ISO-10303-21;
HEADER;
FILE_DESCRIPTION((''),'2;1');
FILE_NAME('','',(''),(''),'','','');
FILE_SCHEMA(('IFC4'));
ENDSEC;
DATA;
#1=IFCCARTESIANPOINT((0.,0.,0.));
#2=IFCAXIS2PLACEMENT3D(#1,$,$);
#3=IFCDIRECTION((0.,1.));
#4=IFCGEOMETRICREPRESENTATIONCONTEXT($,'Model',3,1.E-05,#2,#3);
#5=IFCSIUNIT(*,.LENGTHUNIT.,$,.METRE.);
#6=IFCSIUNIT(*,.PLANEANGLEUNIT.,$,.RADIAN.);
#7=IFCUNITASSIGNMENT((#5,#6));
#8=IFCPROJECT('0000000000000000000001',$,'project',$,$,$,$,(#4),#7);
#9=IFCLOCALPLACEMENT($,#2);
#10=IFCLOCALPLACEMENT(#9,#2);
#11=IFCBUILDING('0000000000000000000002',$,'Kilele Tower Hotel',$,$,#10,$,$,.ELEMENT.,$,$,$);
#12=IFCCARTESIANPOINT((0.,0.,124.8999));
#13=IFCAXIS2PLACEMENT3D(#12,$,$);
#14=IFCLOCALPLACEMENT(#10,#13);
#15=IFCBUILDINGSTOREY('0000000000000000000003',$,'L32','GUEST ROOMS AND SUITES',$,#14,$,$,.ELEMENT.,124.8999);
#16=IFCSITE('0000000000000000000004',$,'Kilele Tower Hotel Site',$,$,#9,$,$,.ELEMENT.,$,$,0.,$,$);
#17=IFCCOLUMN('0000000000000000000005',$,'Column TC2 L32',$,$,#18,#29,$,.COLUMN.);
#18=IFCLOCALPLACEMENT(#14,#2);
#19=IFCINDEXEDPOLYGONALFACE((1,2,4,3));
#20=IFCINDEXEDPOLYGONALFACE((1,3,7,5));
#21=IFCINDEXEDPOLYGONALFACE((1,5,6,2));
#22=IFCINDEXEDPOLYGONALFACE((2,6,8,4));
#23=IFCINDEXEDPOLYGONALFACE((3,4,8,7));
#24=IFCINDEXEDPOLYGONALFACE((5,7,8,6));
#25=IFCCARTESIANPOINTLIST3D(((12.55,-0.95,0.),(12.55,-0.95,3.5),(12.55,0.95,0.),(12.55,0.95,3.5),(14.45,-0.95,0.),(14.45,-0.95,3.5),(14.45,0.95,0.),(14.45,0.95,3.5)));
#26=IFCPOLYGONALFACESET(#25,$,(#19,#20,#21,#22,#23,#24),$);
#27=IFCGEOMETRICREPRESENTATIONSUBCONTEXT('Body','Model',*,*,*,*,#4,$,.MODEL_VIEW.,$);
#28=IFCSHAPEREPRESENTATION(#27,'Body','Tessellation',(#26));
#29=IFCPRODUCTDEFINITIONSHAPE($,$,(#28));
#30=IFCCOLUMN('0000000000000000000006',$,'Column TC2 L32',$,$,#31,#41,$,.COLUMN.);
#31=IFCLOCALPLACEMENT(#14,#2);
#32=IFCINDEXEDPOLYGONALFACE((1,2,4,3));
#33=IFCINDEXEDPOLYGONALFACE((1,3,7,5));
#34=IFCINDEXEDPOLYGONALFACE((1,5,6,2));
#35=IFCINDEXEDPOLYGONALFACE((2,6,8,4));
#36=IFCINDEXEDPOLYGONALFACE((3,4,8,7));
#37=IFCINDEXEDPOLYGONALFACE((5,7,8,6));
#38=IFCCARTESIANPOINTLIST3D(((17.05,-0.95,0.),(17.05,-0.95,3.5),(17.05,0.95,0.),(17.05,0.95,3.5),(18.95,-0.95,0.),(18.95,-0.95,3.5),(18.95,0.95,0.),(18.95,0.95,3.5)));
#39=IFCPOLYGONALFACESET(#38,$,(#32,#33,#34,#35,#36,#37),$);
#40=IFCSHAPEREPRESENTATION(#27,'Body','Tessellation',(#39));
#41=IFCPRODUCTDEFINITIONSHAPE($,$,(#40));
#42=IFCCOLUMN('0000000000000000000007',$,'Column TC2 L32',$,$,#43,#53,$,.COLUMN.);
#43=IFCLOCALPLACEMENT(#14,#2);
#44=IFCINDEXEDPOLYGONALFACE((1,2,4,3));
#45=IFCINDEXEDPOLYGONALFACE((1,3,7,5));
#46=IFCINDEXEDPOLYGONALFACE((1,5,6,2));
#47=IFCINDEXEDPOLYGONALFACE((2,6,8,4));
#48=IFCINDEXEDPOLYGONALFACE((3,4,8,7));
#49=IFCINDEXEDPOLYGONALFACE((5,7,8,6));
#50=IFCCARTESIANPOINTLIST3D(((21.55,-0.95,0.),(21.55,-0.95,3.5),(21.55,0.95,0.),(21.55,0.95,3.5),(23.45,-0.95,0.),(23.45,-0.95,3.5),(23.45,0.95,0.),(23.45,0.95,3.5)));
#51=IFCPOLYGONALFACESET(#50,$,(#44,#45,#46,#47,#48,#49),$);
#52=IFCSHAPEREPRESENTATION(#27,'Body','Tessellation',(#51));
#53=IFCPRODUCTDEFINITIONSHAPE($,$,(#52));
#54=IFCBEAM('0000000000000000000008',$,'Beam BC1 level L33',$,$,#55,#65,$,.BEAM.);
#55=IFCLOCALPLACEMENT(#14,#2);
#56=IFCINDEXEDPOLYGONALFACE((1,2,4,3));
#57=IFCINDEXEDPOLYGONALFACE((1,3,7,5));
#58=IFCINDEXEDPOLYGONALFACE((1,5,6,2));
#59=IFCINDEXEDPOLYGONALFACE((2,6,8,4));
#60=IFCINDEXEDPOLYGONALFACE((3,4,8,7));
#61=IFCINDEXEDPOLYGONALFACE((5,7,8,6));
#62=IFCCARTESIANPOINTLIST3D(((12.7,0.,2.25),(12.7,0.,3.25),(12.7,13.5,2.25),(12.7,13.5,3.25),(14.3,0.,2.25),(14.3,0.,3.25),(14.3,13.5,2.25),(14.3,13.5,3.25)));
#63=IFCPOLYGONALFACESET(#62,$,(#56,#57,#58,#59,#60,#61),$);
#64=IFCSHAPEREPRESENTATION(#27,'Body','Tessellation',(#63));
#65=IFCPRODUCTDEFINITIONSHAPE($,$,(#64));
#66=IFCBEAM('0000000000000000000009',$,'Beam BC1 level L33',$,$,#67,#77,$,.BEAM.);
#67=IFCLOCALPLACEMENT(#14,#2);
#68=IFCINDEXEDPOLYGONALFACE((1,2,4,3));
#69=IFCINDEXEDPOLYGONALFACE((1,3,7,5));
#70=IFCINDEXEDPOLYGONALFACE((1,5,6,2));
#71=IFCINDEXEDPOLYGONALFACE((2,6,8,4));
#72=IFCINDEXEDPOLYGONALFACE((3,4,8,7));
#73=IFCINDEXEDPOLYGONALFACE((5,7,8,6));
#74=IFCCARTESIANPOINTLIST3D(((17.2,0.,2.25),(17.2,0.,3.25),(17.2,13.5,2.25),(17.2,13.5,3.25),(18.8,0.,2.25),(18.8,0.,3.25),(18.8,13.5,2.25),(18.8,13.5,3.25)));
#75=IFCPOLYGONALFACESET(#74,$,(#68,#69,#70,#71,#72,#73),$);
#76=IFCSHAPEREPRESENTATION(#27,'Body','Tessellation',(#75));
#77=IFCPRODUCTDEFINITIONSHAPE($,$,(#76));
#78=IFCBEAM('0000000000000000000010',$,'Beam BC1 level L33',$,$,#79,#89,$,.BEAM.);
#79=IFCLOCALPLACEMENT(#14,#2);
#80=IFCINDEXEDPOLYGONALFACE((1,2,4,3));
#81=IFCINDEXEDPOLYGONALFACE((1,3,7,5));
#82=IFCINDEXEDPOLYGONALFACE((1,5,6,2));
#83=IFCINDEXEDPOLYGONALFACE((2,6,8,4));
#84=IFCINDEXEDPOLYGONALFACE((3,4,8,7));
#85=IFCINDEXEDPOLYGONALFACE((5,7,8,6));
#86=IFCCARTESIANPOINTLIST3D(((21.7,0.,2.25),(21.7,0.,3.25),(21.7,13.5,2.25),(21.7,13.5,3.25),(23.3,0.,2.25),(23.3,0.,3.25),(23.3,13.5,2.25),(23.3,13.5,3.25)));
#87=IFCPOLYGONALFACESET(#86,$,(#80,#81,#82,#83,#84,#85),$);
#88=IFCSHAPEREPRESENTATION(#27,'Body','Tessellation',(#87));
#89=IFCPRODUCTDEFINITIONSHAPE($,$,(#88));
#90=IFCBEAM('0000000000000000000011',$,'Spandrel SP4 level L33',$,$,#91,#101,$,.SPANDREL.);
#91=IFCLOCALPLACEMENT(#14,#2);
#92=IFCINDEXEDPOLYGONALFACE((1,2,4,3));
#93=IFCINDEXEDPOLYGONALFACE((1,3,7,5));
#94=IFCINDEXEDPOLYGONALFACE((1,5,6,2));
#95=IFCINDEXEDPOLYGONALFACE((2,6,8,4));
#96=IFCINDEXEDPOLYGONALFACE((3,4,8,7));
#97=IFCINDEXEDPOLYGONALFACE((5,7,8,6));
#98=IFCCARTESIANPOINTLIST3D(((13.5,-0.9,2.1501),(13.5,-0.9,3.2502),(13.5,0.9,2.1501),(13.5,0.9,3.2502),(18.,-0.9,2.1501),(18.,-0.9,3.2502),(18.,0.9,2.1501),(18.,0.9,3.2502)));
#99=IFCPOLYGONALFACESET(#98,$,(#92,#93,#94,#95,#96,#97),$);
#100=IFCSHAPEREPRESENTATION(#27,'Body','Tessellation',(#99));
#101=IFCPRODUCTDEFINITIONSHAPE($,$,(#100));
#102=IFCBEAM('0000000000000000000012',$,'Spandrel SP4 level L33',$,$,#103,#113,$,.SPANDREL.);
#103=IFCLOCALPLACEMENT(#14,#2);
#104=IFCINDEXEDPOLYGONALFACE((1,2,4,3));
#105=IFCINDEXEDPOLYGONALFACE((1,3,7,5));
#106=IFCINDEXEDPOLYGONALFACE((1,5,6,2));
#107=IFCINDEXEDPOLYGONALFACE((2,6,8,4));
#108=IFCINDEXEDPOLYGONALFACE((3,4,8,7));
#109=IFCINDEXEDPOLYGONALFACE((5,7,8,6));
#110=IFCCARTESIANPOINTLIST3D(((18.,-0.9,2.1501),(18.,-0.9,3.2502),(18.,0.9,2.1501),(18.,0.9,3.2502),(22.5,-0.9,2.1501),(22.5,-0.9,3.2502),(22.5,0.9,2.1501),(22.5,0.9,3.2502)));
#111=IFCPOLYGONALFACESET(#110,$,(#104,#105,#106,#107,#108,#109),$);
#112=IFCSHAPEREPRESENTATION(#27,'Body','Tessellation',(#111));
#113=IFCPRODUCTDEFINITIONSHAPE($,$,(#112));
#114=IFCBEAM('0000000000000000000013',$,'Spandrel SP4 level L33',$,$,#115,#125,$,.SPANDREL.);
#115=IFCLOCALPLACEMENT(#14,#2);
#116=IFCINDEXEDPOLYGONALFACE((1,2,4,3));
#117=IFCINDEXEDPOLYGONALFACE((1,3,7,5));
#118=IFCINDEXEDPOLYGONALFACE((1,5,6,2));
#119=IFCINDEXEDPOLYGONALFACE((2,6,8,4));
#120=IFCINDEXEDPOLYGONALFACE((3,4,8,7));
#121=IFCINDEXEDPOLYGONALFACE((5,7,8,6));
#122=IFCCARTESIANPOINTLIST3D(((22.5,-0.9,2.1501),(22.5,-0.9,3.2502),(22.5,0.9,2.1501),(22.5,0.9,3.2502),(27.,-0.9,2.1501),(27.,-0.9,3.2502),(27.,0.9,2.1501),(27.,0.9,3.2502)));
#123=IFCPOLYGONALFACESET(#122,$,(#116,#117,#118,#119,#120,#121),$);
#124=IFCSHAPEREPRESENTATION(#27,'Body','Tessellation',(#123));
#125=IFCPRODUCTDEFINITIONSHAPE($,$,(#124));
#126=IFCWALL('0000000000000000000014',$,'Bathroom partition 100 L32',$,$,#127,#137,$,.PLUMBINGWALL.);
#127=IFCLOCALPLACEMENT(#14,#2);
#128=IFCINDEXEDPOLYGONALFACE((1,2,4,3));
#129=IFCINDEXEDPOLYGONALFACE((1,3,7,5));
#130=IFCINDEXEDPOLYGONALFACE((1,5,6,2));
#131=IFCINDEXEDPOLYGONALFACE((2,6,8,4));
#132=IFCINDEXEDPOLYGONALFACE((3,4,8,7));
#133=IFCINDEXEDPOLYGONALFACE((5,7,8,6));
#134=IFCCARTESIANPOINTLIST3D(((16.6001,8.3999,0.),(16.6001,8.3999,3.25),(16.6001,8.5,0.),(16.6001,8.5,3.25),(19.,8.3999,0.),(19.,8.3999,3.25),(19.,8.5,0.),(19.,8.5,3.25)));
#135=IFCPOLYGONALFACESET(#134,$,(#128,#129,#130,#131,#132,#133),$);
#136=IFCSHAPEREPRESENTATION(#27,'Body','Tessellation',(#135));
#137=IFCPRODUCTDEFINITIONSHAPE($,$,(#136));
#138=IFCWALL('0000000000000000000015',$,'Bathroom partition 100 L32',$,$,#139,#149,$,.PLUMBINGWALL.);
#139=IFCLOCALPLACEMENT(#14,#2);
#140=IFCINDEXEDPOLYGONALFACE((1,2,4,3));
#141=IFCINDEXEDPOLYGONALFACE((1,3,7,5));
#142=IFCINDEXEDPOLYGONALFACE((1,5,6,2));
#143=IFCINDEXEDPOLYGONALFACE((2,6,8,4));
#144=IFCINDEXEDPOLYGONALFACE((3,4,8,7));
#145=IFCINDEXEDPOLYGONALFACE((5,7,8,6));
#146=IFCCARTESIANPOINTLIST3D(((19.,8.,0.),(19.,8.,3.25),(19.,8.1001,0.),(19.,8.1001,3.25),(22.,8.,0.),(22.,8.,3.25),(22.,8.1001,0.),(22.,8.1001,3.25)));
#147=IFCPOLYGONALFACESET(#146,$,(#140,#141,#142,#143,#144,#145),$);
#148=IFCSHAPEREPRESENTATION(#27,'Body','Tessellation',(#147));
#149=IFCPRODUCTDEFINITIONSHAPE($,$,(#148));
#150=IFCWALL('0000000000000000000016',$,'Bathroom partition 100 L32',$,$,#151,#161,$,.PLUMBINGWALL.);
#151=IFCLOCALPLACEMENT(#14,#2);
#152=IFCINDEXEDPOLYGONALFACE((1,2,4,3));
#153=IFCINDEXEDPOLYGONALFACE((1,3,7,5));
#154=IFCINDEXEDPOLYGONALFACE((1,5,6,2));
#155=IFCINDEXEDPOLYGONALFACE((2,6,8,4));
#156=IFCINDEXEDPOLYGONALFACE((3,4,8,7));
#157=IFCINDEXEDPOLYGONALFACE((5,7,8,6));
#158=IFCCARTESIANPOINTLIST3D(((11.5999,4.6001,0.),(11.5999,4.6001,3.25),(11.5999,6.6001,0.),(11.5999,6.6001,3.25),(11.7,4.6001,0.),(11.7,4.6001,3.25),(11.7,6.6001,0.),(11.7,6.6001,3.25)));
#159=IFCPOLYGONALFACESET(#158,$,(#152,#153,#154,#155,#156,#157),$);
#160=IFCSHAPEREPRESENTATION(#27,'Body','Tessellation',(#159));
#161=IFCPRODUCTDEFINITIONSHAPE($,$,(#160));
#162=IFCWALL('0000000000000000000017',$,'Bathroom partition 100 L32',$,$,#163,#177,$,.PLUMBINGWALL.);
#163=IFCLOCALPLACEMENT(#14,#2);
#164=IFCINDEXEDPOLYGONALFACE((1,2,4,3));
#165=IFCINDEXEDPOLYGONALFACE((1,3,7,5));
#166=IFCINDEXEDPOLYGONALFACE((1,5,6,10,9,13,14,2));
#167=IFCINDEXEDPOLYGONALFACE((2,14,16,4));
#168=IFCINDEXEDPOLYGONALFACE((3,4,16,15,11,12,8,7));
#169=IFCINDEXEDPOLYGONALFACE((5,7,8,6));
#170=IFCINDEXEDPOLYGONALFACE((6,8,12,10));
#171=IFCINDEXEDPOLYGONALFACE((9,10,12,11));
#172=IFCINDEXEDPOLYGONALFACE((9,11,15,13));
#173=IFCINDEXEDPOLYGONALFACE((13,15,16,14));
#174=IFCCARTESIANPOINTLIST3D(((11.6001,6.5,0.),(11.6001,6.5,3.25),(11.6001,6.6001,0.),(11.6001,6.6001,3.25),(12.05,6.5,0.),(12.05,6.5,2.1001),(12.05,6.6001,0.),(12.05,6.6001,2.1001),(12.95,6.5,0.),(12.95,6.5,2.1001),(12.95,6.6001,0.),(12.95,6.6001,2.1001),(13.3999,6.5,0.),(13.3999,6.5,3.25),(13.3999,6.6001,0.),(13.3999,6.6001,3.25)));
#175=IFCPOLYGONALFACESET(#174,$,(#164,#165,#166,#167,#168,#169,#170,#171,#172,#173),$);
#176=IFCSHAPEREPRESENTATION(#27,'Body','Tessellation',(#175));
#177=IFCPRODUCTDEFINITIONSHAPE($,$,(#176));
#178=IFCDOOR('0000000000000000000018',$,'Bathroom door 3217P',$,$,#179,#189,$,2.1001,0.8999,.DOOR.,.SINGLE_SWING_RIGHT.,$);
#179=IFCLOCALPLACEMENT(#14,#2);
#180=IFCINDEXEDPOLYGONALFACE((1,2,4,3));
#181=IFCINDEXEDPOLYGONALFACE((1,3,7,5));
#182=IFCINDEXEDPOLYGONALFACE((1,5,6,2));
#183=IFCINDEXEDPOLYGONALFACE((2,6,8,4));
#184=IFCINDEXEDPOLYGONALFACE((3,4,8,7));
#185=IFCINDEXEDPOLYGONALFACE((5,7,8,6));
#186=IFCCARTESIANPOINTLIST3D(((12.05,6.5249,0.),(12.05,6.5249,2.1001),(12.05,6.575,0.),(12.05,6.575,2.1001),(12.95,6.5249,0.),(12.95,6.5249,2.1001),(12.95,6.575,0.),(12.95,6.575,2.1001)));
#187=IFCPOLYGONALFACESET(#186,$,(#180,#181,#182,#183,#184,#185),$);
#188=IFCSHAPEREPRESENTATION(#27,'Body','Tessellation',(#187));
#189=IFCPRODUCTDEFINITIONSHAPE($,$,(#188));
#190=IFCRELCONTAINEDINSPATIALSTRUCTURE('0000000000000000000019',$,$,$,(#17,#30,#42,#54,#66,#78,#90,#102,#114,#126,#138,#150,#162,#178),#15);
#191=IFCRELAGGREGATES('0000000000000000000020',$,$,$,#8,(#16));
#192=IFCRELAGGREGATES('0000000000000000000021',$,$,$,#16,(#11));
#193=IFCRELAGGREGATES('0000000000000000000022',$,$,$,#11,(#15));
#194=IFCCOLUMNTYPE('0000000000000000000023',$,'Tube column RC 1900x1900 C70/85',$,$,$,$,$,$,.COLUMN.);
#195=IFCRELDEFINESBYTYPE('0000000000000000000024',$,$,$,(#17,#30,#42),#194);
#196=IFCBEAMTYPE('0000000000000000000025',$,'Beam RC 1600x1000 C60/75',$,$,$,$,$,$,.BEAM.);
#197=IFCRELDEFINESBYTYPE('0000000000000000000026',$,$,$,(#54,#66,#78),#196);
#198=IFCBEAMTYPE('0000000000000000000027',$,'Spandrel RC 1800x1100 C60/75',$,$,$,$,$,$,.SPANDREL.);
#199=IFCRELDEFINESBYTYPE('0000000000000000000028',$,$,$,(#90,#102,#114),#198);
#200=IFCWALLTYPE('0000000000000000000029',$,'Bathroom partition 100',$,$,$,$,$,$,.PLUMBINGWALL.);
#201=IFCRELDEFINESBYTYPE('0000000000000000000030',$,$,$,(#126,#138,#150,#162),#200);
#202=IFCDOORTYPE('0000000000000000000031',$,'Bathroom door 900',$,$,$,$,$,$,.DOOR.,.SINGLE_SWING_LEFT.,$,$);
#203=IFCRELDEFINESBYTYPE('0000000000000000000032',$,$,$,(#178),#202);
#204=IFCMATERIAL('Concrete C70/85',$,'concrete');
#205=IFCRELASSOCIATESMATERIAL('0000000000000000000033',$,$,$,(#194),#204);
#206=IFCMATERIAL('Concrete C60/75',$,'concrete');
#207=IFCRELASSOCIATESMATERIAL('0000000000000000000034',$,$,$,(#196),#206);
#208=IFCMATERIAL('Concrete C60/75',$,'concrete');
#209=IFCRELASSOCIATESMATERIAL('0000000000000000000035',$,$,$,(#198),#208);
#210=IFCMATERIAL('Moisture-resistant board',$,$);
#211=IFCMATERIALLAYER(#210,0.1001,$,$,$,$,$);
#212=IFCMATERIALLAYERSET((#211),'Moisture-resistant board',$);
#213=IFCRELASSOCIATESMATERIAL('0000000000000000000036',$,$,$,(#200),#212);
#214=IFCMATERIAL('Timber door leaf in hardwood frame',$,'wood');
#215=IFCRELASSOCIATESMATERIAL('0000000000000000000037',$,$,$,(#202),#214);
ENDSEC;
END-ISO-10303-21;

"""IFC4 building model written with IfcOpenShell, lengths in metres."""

from ifc_helpers import new_model, si_unit, direction, frame, frame_2d, origin, origin_2d, place, context, subcontext, project, spatial, rectangle, extrude, material, layer, layer_set, material_profile, profile_set, type_object, element, fill, save


model = new_model("IFC4")

# Units and contexts
model_context = context("Model", 3, precision=1e-05, world=origin(), true_north=direction((0.0, 1.0)))
body_context = subcontext(model_context, "Body", "Model", "MODEL_VIEW")
ifc_project = project(units=[si_unit("LENGTHUNIT", "METRE"), si_unit("PLANEANGLEUNIT", "RADIAN")], contexts=[model_context])

# Site, building, storey
site_placement = place(None, origin())
site = spatial("IfcSite", under=ifc_project, at=site_placement, Name="Kilele Tower Hotel Site", CompositionType="ELEMENT", RefElevation=0.0)
building_placement = place(site_placement, origin())
building = spatial("IfcBuilding", under=site, at=building_placement, Name="Kilele Tower Hotel", CompositionType="ELEMENT")
storey_placement = place(building_placement, frame((0.0, 0.0, 124.8999)))
storey = spatial("IfcBuildingStorey", under=building, at=storey_placement, Name="L32", Description="GUEST ROOMS AND SUITES", CompositionType="ELEMENT", Elevation=124.8999)

# Columns
ifc_material_1 = material(Name="Concrete C70/85", Category="concrete")
ifc_material_profile_1 = material_profile(ifc_material_1, rectangle(XDim=1.8999, YDim=1.8999, at=origin_2d()))
ifc_profile_set_1 = profile_set([ifc_material_profile_1], Name="Concrete C70/85")
column_type = type_object("IfcColumnType", Name="Tube column RC 1900x1900 C70/85", PredefinedType="COLUMN", material=ifc_profile_set_1)
for number, where, z_axis, x_axis, name in (
    (1, (13.5, 0.0, 0.0), (0.0, 0.0, 1.0), (1.0, 0.0, 0.0), "Column TC2 L32"),
    (2, (18.0, 0.0, 0.0), (0.0, 0.0, 1.0), (1.0, 0.0, 0.0), "Column TC2 L32"),
    (3, (22.5, 0.0, 0.0), (0.0, 0.0, 1.0), (1.0, 0.0, 0.0), "Column TC2 L32"),
):
    element("IfcColumn", number, at=place(storey_placement, frame(where, z_axis=z_axis, x_axis=x_axis)), inside=storey, type_object=column_type, Name=name, PredefinedType="COLUMN", context=body_context, shape_type="SweptSolid", body=[
        extrude(rectangle(XDim=1.8999, YDim=1.8999, at=origin_2d()), origin(), (0.0, 0.0, 1.0), 3.5),
    ])

# Beams
ifc_material_2 = material(Name="Concrete C60/75", Category="concrete")
ifc_material_profile_2 = material_profile(ifc_material_2, rectangle(XDim=1.6001, YDim=1.0, at=origin_2d()))
ifc_profile_set_2 = profile_set([ifc_material_profile_2], Name="Concrete C60/75")
beam_type_1 = type_object("IfcBeamType", Name="Beam RC 1600x1000 C60/75", PredefinedType="BEAM", material=ifc_profile_set_2)
for number, where, z_axis, x_axis, name in (
    (4, (13.5, 0.0, 2.75), (0.0, 1.0, 0.0), (-1.0, 0.0, 0.0), "Beam BC1 level L33"),
    (5, (18.0, 0.0, 2.75), (0.0, 1.0, 0.0), (-1.0, 0.0, 0.0), "Beam BC1 level L33"),
    (6, (22.5, 0.0, 2.75), (0.0, 1.0, 0.0), (-1.0, 0.0, 0.0), "Beam BC1 level L33"),
):
    element("IfcBeam", number, at=place(storey_placement, frame(where, z_axis=z_axis, x_axis=x_axis)), inside=storey, type_object=beam_type_1, Name=name, PredefinedType="BEAM", context=body_context, shape_type="SweptSolid", body=[
        extrude(rectangle(XDim=1.6001, YDim=1.0, at=origin_2d()), origin(), (0.0, 0.0, 1.0), 13.5),
    ])
ifc_material_3 = material(Name="Concrete C60/75", Category="concrete")
ifc_material_profile_3 = material_profile(ifc_material_3, rectangle(XDim=1.8, YDim=1.1001, at=origin_2d()))
ifc_profile_set_3 = profile_set([ifc_material_profile_3], Name="Concrete C60/75")
beam_type_2 = type_object("IfcBeamType", Name="Spandrel RC 1800x1100 C60/75", PredefinedType="SPANDREL", material=ifc_profile_set_3)
for number, where, z_axis, x_axis, name in (
    (7, (13.5, 0.0, 2.7002), (1.0, 0.0, 0.0), (0.0, 1.0, 0.0), "Spandrel SP4 level L33"),
    (8, (18.0, 0.0, 2.7002), (1.0, 0.0, 0.0), (0.0, 1.0, 0.0), "Spandrel SP4 level L33"),
    (9, (22.5, 0.0, 2.7002), (1.0, 0.0, 0.0), (0.0, 1.0, 0.0), "Spandrel SP4 level L33"),
):
    element("IfcBeam", number, at=place(storey_placement, frame(where, z_axis=z_axis, x_axis=x_axis)), inside=storey, type_object=beam_type_2, Name=name, PredefinedType="SPANDREL", context=body_context, shape_type="SweptSolid", body=[
        extrude(rectangle(XDim=1.8, YDim=1.1001, at=origin_2d()), origin(), (0.0, 0.0, 1.0), 4.5),
    ])

# Walls
ifc_material_4 = material(Name="Moisture-resistant board")
ifc_layer_1 = layer(ifc_material_4, 0.1001)
ifc_layer_set_1 = layer_set([ifc_layer_1], Name="Moisture-resistant board")
wall_type_1 = type_object("IfcWallType", Name="Bathroom partition 100", PredefinedType="PLUMBINGWALL", material=ifc_layer_set_1)
wall_1_placement = place(storey_placement, frame((16.6001, 8.45, 0.0), z_axis=(0.0, 0.0, 1.0), x_axis=(1.0, 0.0, 0.0)))
element("IfcWall", 10, at=wall_1_placement, inside=storey, type_object=wall_type_1, Name="Bathroom partition 100 L32", PredefinedType="PLUMBINGWALL", context=body_context, shape_type="SweptSolid", body=[
    extrude(rectangle(XDim=2.3999, YDim=0.1001, at=frame_2d((1.2, 0.0))), origin(), (0.0, 0.0, 1.0), 3.25),
])
wall_2_placement = place(storey_placement, frame((19.0, 8.05, 0.0), z_axis=(0.0, 0.0, 1.0), x_axis=(1.0, 0.0, 0.0)))
element("IfcWall", 11, at=wall_2_placement, inside=storey, type_object=wall_type_1, Name="Bathroom partition 100 L32", PredefinedType="PLUMBINGWALL", context=body_context, shape_type="SweptSolid", body=[
    extrude(rectangle(XDim=3.0, YDim=0.1001, at=frame_2d((1.5, 0.0))), origin(), (0.0, 0.0, 1.0), 3.25),
])
wall_3_placement = place(storey_placement, frame((11.6499, 4.6001, 0.0), z_axis=(0.0, 0.0, 1.0), x_axis=(0.0, 1.0, 0.0)))
element("IfcWall", 12, at=wall_3_placement, inside=storey, type_object=wall_type_1, Name="Bathroom partition 100 L32", PredefinedType="PLUMBINGWALL", context=body_context, shape_type="SweptSolid", body=[
    extrude(rectangle(XDim=2.0, YDim=0.1001, at=frame_2d((1.0, 0.0))), origin(), (0.0, 0.0, 1.0), 3.25),
])

# Wall, opening, door
wall_4_placement = place(storey_placement, frame((13.3999, 6.55, 0.0), z_axis=(0.0, 0.0, 1.0), x_axis=(-1.0, 0.0, 0.0)))
wall_4 = element("IfcWall", 13, at=wall_4_placement, inside=storey, type_object=wall_type_1, Name="Bathroom partition 100 L32", PredefinedType="PLUMBINGWALL", context=body_context, shape_type="SweptSolid", body=[
    extrude(rectangle(XDim=1.7998, YDim=0.1001, at=frame_2d((0.8999, 0.0))), origin(), (0.0, 0.0, 1.0), 3.25),
])
opening_1_placement = place(wall_4_placement, frame((1.3499, 0.0, 0.0), z_axis=(0.0, 0.0, 1.0), x_axis=(-1.0, 0.0, 0.0)))
opening_1 = element("IfcOpeningElement", 14, at=opening_1_placement, cuts=wall_4, PredefinedType="OPENING", context=body_context, shape_type="SweptSolid", body=[
    extrude(rectangle(XDim=0.8999, YDim=2.1001, at=frame_2d((0.45, 1.05))), frame((0.0, 0.0601, 0.0), z_axis=(0.0, -1.0, 0.0), x_axis=(1.0, 0.0, 0.0)), (0.0, 0.0, 1.0), 0.1201),
])
ifc_material_5 = material(Name="Timber door leaf in hardwood frame", Category="wood")
door_type_1 = type_object("IfcDoorType", Name="Bathroom door 900", OperationType="SINGLE_SWING_LEFT", PredefinedType="DOOR", material=ifc_material_5)
door_1_placement = place(opening_1_placement, origin())
door_1 = element("IfcDoor", 15, at=door_1_placement, inside=storey, type_object=door_type_1, Name="Bathroom door 3217P", OperationType="SINGLE_SWING_RIGHT", OverallHeight=2.1001, OverallWidth=0.8999, PredefinedType="DOOR", context=body_context, shape_type="SweptSolid", body=[
    extrude(rectangle(XDim=0.8999, YDim=2.1001, at=frame_2d((0.45, 1.05))), frame((0.0, 0.0249, 0.0), z_axis=(0.0, -1.0, 0.0), x_axis=(1.0, 0.0, 0.0)), (0.0, 0.0, 1.0), 0.05),
])
fill(opening_1, door_1)

save(model, "model.ifc")
